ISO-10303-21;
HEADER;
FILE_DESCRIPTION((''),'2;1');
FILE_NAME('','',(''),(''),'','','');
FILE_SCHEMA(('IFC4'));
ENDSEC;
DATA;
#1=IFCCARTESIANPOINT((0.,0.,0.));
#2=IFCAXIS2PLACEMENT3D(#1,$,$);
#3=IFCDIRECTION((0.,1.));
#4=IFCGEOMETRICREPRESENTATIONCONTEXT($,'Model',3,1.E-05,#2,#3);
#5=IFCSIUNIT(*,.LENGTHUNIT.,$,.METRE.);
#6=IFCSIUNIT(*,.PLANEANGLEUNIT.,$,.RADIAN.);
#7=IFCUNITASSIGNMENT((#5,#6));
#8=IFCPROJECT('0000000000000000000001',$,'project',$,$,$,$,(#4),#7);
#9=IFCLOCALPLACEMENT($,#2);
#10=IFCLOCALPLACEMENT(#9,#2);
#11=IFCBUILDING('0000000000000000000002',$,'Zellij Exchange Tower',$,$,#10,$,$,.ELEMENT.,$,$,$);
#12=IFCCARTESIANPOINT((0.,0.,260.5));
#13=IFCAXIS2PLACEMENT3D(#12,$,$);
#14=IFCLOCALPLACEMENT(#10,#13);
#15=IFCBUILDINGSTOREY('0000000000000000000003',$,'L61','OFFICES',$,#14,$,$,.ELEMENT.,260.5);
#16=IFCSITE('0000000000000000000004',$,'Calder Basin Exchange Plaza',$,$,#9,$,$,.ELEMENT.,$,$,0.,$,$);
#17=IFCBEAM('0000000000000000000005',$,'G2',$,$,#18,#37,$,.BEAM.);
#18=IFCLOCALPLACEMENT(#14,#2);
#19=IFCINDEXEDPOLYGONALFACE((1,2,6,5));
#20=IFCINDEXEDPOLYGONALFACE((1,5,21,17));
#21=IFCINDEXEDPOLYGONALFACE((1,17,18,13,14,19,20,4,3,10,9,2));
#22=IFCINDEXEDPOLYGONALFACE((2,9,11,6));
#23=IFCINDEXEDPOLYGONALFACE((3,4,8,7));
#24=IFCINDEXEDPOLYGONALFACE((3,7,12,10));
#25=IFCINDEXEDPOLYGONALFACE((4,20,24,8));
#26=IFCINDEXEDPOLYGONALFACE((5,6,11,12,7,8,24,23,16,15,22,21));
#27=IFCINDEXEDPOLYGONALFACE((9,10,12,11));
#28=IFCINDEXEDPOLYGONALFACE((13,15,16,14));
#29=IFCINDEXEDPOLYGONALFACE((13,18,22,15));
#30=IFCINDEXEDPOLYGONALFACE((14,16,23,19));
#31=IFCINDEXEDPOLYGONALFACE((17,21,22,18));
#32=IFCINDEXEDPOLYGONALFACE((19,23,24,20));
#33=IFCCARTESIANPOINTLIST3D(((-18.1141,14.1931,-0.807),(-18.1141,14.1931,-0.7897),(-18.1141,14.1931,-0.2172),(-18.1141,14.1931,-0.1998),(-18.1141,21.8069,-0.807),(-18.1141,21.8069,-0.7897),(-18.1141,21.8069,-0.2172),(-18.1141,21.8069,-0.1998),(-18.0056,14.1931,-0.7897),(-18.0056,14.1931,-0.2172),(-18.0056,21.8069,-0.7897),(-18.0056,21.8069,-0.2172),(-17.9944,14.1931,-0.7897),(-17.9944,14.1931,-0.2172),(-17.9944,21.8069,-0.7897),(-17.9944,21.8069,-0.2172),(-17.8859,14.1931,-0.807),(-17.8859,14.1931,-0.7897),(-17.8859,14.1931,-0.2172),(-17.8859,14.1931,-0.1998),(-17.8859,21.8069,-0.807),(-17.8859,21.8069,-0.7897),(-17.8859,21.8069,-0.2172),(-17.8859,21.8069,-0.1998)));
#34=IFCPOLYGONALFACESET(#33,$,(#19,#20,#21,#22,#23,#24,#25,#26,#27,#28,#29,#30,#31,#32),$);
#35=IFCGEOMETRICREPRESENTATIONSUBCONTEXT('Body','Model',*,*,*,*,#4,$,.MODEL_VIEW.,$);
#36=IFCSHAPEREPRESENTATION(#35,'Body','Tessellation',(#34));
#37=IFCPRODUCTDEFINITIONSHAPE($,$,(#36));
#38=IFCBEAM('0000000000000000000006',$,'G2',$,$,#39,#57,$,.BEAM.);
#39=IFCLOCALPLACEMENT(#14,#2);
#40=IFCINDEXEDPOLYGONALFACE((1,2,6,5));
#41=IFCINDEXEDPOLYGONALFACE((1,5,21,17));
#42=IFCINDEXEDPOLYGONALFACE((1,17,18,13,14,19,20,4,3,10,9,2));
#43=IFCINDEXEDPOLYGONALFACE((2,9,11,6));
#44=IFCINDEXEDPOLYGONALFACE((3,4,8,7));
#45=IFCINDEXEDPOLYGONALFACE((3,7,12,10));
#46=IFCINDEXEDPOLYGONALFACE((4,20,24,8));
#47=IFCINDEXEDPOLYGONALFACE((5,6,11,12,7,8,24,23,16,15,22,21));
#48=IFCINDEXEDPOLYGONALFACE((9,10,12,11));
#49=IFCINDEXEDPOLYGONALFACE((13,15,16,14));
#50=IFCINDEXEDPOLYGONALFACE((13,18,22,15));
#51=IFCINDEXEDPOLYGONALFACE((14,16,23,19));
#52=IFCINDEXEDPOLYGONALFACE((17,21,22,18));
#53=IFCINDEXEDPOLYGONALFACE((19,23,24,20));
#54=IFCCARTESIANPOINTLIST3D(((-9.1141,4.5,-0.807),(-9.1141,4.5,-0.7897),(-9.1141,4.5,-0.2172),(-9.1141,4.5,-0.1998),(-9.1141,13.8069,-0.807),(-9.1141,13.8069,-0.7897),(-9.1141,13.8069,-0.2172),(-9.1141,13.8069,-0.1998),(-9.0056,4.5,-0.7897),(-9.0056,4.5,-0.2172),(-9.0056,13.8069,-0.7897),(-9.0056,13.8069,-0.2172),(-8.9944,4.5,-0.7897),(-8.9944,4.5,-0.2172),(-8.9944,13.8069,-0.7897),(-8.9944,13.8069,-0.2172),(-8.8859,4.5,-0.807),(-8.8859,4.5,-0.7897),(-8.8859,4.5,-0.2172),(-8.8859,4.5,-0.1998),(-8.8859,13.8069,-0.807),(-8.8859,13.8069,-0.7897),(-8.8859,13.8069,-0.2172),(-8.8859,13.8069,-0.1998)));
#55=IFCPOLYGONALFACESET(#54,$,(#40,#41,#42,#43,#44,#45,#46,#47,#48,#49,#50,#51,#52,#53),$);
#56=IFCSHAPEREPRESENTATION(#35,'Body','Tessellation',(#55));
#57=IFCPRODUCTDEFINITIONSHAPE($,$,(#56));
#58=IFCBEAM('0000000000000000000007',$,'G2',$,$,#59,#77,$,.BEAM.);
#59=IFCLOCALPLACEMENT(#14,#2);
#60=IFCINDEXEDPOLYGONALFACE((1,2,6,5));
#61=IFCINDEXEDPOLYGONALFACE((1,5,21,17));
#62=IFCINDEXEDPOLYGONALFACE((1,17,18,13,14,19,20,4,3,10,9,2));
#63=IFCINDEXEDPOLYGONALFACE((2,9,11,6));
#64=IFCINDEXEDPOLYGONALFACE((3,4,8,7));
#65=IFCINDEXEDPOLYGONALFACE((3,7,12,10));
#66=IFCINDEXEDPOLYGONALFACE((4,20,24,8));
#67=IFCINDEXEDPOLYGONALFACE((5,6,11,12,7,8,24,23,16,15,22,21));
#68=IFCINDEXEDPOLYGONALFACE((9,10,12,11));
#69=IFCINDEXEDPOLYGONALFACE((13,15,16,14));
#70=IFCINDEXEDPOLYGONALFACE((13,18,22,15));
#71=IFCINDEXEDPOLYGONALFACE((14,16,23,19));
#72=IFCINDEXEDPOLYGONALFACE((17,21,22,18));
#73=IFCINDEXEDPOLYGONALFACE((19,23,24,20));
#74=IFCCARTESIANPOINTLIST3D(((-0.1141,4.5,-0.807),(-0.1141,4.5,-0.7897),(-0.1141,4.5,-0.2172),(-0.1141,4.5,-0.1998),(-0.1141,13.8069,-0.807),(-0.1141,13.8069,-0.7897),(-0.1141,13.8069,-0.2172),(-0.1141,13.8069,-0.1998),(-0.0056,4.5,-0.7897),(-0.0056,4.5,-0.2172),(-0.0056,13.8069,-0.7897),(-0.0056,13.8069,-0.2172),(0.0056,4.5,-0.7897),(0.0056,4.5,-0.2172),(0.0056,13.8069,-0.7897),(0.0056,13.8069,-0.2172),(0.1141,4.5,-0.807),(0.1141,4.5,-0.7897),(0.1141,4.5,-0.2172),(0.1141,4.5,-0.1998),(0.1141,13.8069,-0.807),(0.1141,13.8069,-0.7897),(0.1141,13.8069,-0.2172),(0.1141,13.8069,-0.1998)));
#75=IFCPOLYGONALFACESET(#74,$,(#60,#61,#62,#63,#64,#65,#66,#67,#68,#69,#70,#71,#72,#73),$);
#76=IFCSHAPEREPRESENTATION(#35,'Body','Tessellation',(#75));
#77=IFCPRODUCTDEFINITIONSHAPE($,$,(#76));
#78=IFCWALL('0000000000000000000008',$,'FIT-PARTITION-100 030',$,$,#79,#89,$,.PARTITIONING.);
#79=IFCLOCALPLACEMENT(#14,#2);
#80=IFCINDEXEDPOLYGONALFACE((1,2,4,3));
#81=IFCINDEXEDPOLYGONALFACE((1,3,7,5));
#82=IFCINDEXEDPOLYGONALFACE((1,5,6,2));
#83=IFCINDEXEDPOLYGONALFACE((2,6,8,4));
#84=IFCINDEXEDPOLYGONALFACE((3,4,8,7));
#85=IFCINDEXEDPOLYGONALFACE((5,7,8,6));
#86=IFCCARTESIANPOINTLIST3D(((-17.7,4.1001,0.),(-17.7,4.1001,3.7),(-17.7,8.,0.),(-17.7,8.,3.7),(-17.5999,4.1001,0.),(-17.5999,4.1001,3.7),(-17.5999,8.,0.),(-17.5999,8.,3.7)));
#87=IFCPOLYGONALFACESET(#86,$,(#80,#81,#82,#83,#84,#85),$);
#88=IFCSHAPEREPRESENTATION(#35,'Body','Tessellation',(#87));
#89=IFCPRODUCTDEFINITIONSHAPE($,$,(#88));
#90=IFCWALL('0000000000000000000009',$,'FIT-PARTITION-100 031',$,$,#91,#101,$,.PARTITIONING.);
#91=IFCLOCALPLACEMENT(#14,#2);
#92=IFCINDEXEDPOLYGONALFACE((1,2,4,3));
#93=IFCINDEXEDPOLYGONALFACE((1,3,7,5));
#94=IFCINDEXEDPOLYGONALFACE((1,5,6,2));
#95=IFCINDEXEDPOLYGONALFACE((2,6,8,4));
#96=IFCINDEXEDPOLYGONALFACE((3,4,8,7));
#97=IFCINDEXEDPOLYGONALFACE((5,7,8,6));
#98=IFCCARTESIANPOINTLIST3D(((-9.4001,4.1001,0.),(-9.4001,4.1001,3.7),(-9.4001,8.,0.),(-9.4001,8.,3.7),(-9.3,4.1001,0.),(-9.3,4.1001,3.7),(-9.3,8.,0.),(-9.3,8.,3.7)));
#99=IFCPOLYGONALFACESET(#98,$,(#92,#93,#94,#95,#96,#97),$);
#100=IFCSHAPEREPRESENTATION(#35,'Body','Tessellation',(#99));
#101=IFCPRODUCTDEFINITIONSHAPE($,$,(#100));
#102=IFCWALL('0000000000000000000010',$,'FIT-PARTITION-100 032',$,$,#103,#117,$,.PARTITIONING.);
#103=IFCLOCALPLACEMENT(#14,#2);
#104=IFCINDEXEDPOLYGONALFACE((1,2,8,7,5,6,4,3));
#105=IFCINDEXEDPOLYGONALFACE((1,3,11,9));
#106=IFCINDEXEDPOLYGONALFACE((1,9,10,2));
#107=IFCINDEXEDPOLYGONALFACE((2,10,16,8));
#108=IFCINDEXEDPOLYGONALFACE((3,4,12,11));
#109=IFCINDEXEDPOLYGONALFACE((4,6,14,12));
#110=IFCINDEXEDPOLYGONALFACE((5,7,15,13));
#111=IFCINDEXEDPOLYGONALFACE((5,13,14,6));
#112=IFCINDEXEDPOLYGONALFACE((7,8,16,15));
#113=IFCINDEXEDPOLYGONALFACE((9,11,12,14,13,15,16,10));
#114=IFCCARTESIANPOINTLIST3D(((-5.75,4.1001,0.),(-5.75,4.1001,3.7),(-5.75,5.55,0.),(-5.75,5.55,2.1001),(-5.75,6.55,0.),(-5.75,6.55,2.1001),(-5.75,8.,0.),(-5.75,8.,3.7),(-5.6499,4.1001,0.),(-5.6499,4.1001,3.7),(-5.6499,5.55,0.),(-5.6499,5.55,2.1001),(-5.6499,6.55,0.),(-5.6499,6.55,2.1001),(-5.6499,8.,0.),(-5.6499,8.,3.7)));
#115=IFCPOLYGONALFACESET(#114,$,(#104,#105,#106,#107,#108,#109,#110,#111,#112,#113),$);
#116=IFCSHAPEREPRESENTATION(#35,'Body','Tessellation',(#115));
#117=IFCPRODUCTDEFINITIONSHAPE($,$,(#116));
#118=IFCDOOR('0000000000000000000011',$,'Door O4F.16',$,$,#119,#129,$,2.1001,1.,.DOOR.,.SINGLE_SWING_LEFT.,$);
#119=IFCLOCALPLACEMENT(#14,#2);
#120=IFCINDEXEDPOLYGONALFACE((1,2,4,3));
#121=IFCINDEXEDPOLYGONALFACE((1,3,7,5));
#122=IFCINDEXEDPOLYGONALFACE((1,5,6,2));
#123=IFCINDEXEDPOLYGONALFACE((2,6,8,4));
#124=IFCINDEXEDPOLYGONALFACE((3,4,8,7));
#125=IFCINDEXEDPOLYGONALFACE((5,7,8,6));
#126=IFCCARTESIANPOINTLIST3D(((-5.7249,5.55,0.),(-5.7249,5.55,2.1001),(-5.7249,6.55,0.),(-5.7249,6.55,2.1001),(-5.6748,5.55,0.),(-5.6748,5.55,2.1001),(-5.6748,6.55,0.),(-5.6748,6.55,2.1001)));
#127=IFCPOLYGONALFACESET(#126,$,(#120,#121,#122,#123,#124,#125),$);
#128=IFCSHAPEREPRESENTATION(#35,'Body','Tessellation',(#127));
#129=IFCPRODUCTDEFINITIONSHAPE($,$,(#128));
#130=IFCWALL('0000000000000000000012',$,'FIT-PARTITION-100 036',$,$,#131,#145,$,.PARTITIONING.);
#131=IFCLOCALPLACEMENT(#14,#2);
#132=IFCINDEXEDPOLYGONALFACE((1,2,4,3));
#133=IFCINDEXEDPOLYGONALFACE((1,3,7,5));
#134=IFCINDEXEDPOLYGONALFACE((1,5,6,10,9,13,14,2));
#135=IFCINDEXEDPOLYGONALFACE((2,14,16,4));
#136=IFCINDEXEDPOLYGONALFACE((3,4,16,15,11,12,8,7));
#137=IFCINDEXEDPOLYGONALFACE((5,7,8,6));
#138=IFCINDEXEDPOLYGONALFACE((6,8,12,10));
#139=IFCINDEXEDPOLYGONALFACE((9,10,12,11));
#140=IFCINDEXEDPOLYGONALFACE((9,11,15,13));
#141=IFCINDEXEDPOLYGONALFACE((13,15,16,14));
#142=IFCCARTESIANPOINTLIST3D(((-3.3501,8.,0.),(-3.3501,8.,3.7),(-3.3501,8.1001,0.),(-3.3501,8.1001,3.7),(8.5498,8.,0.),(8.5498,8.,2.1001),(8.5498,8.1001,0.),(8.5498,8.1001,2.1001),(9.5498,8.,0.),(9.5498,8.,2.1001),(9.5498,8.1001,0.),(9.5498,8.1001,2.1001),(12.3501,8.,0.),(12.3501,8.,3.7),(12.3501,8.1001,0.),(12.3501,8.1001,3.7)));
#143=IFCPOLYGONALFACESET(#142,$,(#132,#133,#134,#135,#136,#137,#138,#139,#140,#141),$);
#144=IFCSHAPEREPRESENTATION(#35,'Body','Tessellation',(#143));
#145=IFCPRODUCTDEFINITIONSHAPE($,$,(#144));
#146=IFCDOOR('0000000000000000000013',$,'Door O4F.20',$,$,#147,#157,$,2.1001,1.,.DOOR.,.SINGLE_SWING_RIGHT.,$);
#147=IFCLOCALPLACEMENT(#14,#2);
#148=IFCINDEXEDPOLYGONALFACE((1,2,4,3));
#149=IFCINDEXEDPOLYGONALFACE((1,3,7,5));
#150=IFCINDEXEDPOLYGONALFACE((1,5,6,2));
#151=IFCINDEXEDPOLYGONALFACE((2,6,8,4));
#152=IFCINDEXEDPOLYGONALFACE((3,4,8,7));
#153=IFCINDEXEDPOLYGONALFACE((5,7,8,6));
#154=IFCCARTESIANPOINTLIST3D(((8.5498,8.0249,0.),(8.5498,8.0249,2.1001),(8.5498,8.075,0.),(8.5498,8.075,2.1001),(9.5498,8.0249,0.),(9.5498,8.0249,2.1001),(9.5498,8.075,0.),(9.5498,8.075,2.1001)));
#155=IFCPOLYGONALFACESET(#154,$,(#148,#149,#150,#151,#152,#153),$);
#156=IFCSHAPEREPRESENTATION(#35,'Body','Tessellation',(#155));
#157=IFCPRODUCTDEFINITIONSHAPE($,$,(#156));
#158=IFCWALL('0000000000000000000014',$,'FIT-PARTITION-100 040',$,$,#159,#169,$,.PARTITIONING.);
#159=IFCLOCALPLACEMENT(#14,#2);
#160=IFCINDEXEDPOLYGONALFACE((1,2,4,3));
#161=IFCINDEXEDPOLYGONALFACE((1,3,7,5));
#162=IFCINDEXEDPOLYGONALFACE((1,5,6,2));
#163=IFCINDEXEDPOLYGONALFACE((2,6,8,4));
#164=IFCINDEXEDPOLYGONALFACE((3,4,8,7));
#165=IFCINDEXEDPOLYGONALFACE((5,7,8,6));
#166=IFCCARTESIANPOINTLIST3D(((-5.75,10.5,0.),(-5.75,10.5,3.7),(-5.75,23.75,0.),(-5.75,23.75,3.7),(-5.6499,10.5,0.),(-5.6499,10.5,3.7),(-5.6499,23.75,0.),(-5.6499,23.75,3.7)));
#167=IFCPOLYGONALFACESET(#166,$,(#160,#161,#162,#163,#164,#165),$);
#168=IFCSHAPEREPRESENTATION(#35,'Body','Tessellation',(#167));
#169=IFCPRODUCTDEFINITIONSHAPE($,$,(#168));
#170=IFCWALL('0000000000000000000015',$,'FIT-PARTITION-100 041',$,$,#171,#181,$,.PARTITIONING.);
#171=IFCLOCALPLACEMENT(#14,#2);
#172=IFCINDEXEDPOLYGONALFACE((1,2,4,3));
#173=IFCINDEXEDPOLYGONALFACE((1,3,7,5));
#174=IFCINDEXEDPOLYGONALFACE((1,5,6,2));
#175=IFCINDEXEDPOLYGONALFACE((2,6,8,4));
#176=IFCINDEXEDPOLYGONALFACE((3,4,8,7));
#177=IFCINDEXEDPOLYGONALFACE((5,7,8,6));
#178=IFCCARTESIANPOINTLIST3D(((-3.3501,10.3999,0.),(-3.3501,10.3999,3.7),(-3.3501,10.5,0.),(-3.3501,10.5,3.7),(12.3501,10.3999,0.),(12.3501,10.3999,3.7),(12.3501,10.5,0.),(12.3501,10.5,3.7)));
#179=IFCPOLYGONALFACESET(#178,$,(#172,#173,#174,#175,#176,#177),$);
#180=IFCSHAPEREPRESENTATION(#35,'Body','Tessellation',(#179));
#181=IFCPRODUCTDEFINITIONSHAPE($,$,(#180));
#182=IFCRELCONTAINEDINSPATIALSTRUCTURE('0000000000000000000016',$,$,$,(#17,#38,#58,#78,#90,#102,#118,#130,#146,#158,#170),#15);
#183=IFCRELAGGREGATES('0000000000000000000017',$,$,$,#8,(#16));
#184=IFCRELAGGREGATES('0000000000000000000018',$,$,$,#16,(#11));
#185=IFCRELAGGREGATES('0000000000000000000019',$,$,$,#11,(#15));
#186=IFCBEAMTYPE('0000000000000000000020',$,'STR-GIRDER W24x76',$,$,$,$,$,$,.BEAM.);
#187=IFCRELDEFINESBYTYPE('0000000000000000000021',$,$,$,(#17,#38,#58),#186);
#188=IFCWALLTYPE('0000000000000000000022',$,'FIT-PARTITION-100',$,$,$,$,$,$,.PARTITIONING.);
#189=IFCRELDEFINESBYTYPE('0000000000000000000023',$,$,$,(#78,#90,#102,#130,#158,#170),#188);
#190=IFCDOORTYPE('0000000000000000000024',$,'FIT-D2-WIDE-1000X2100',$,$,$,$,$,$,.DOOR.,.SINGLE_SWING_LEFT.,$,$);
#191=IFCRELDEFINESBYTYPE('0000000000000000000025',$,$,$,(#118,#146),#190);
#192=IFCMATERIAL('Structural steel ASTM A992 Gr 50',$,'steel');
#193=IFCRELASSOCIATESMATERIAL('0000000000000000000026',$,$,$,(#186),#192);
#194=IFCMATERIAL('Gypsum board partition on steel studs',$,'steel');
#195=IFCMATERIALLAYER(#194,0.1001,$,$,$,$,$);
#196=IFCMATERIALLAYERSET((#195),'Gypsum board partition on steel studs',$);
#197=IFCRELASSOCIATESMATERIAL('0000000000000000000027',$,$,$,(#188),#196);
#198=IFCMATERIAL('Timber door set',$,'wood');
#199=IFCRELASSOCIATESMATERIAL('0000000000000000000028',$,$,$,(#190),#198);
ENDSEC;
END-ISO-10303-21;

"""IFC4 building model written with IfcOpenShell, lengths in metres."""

from ifc_helpers import new_model, si_unit, direction, frame, frame_2d, origin, origin_2d, place, context, subcontext, project, spatial, rectangle, i_section, extrude, material, layer, layer_set, material_profile, profile_set, type_object, element, fill, save


model = new_model("IFC4")

# Units and contexts
model_context = context("Model", 3, precision=1e-05, world=origin(), true_north=direction((0.0, 1.0)))
body_context = subcontext(model_context, "Body", "Model", "MODEL_VIEW")
ifc_project = project(units=[si_unit("LENGTHUNIT", "METRE"), si_unit("PLANEANGLEUNIT", "RADIAN")], contexts=[model_context])

# Site, building, storey
site_placement = place(None, origin())
site = spatial("IfcSite", under=ifc_project, at=site_placement, Name="Calder Basin Exchange Plaza", CompositionType="ELEMENT", RefElevation=0.0)
building_placement = place(site_placement, origin())
building = spatial("IfcBuilding", under=site, at=building_placement, Name="Zellij Exchange Tower", CompositionType="ELEMENT")
storey_placement = place(building_placement, frame((0.0, 0.0, 260.5)))
storey = spatial("IfcBuildingStorey", under=building, at=storey_placement, Name="L61", Description="OFFICES", CompositionType="ELEMENT", Elevation=260.5)

# Shared definitions
ifc_material_1 = material(Name="Structural steel ASTM A992 Gr 50", Category="steel")

# Beams
ifc_material_profile_1 = material_profile(ifc_material_1, i_section(OverallWidth=0.2283, OverallDepth=0.6072, WebThickness=0.0112, FlangeThickness=0.0173, at=origin_2d()), Name="W24x76")
ifc_profile_set_1 = profile_set([ifc_material_profile_1], Name="Structural steel ASTM A992 Gr 50")
beam_type = type_object("IfcBeamType", Name="STR-GIRDER W24x76", PredefinedType="BEAM", material=ifc_profile_set_1)
beam_1_placement = place(storey_placement, frame((-18.0, 14.1931, -0.5034), z_axis=(0.0, 1.0, 0.0), x_axis=(-1.0, 0.0, 0.0)))
element("IfcBeam", 1, at=beam_1_placement, inside=storey, type_object=beam_type, Name="G2", PredefinedType="BEAM", context=body_context, shape_type="SweptSolid", body=[
    extrude(i_section(OverallWidth=0.2283, OverallDepth=0.6072, WebThickness=0.0112, FlangeThickness=0.0173, at=origin_2d()), origin(), (0.0, 0.0, 1.0), 7.6138),
])
for number, where, z_axis, x_axis, name in (
    (2, (-9.0, 4.5, -0.5034), (0.0, 1.0, 0.0), (-1.0, 0.0, 0.0), "G2"),
    (3, (0.0, 4.5, -0.5034), (0.0, 1.0, 0.0), (-1.0, 0.0, 0.0), "G2"),
):
    element("IfcBeam", number, at=place(storey_placement, frame(where, z_axis=z_axis, x_axis=x_axis)), inside=storey, type_object=beam_type, Name=name, PredefinedType="BEAM", context=body_context, shape_type="SweptSolid", body=[
        extrude(i_section(OverallWidth=0.2283, OverallDepth=0.6072, WebThickness=0.0112, FlangeThickness=0.0173, at=origin_2d()), origin(), (0.0, 0.0, 1.0), 9.3069),
    ])

# Walls
ifc_material_2 = material(Name="Gypsum board partition on steel studs", Category="steel")
ifc_layer = layer(ifc_material_2, 0.1001)
ifc_layer_set = layer_set([ifc_layer], Name="Gypsum board partition on steel studs")
wall_type = type_object("IfcWallType", Name="FIT-PARTITION-100", PredefinedType="PARTITIONING", material=ifc_layer_set)
for number, where, z_axis, x_axis, name in (
    (4, (-17.6499, 4.1001, 0.0), (0.0, 0.0, 1.0), (0.0, 1.0, 0.0), "FIT-PARTITION-100 030"),
    (5, (-9.3501, 4.1001, 0.0), (0.0, 0.0, 1.0), (0.0, 1.0, 0.0), "FIT-PARTITION-100 031"),
):
    element("IfcWall", number, at=place(storey_placement, frame(where, z_axis=z_axis, x_axis=x_axis)), inside=storey, type_object=wall_type, Name=name, PredefinedType="PARTITIONING", context=body_context, shape_type="SweptSolid", body=[
        extrude(rectangle(XDim=3.8999, YDim=0.1001, at=frame_2d((1.95, 0.0))), origin(), (0.0, 0.0, 1.0), 3.7),
    ])

# Walls, openings, doors
wall_1_placement = place(storey_placement, frame((-5.7, 4.1001, 0.0), z_axis=(0.0, 0.0, 1.0), x_axis=(0.0, 1.0, 0.0)))
wall_1 = element("IfcWall", 6, at=wall_1_placement, inside=storey, type_object=wall_type, Name="FIT-PARTITION-100 032", PredefinedType="PARTITIONING", context=body_context, shape_type="SweptSolid", body=[
    extrude(rectangle(XDim=3.8999, YDim=0.1001, at=frame_2d((1.95, 0.0))), origin(), (0.0, 0.0, 1.0), 3.7),
])
opening_1_placement = place(wall_1_placement, frame((1.45, 0.0, 0.0)))
opening_1 = element("IfcOpeningElement", 7, at=opening_1_placement, cuts=wall_1, PredefinedType="OPENING", context=body_context, shape_type="SweptSolid", body=[
    extrude(rectangle(XDim=1.0, YDim=2.1001, at=frame_2d((0.5, 1.05))), frame((0.0, 0.062, 0.0), z_axis=(0.0, -1.0, 0.0), x_axis=(1.0, 0.0, 0.0)), (0.0, 0.0, 1.0), 0.124),
])
ifc_material_3 = material(Name="Timber door set", Category="wood")
door_type_1 = type_object("IfcDoorType", Name="FIT-D2-WIDE-1000X2100", OperationType="SINGLE_SWING_LEFT", PredefinedType="DOOR", material=ifc_material_3)
door_1_placement = place(opening_1_placement, origin())
door_1 = element("IfcDoor", 8, at=door_1_placement, inside=storey, type_object=door_type_1, Name="Door O4F.16", OperationType="SINGLE_SWING_LEFT", OverallHeight=2.1001, OverallWidth=1.0, PredefinedType="DOOR", context=body_context, shape_type="SweptSolid", body=[
    extrude(rectangle(XDim=1.0, YDim=2.1001, at=frame_2d((0.5, 1.05))), frame((0.0, 0.0249, 0.0), z_axis=(0.0, -1.0, 0.0), x_axis=(1.0, 0.0, 0.0)), (0.0, 0.0, 1.0), 0.05),
])
fill(opening_1, door_1)
wall_2_placement = place(storey_placement, frame((-3.3501, 8.05, 0.0), z_axis=(0.0, 0.0, 1.0), x_axis=(1.0, 0.0, 0.0)))
wall_2 = element("IfcWall", 9, at=wall_2_placement, inside=storey, type_object=wall_type, Name="FIT-PARTITION-100 036", PredefinedType="PARTITIONING", context=body_context, shape_type="SweptSolid", body=[
    extrude(rectangle(XDim=15.7002, YDim=0.1001, at=frame_2d((7.8501, 0.0))), origin(), (0.0, 0.0, 1.0), 3.7),
])
opening_2_placement = place(wall_2_placement, frame((11.8999, 0.0, 0.0)))
opening_2 = element("IfcOpeningElement", 10, at=opening_2_placement, cuts=wall_2, PredefinedType="OPENING", context=body_context, shape_type="SweptSolid", body=[
    extrude(rectangle(XDim=1.0, YDim=2.1001, at=frame_2d((0.5, 1.05))), frame((0.0, 0.062, 0.0), z_axis=(0.0, -1.0, 0.0), x_axis=(1.0, 0.0, 0.0)), (0.0, 0.0, 1.0), 0.124),
])
door_2_placement = place(opening_2_placement, origin())
door_2 = element("IfcDoor", 11, at=door_2_placement, inside=storey, type_object=door_type_1, Name="Door O4F.20", OperationType="SINGLE_SWING_RIGHT", OverallHeight=2.1001, OverallWidth=1.0, PredefinedType="DOOR", context=body_context, shape_type="SweptSolid", body=[
    extrude(rectangle(XDim=1.0, YDim=2.1001, at=frame_2d((0.5, 1.05))), frame((0.0, 0.0249, 0.0), z_axis=(0.0, -1.0, 0.0), x_axis=(1.0, 0.0, 0.0)), (0.0, 0.0, 1.0), 0.05),
])
fill(opening_2, door_2)

# Walls
wall_3_placement = place(storey_placement, frame((-5.7, 10.5, 0.0), z_axis=(0.0, 0.0, 1.0), x_axis=(0.0, 1.0, 0.0)))
element("IfcWall", 12, at=wall_3_placement, inside=storey, type_object=wall_type, Name="FIT-PARTITION-100 040", PredefinedType="PARTITIONING", context=body_context, shape_type="SweptSolid", body=[
    extrude(rectangle(XDim=13.25, YDim=0.1001, at=frame_2d((6.625, 0.0))), origin(), (0.0, 0.0, 1.0), 3.7),
])
wall_4_placement = place(storey_placement, frame((-3.3501, 10.45, 0.0), z_axis=(0.0, 0.0, 1.0), x_axis=(1.0, 0.0, 0.0)))
element("IfcWall", 13, at=wall_4_placement, inside=storey, type_object=wall_type, Name="FIT-PARTITION-100 041", PredefinedType="PARTITIONING", context=body_context, shape_type="SweptSolid", body=[
    extrude(rectangle(XDim=15.7002, YDim=0.1001, at=frame_2d((7.8501, 0.0))), origin(), (0.0, 0.0, 1.0), 3.7),
])

save(model, "model.ifc")
